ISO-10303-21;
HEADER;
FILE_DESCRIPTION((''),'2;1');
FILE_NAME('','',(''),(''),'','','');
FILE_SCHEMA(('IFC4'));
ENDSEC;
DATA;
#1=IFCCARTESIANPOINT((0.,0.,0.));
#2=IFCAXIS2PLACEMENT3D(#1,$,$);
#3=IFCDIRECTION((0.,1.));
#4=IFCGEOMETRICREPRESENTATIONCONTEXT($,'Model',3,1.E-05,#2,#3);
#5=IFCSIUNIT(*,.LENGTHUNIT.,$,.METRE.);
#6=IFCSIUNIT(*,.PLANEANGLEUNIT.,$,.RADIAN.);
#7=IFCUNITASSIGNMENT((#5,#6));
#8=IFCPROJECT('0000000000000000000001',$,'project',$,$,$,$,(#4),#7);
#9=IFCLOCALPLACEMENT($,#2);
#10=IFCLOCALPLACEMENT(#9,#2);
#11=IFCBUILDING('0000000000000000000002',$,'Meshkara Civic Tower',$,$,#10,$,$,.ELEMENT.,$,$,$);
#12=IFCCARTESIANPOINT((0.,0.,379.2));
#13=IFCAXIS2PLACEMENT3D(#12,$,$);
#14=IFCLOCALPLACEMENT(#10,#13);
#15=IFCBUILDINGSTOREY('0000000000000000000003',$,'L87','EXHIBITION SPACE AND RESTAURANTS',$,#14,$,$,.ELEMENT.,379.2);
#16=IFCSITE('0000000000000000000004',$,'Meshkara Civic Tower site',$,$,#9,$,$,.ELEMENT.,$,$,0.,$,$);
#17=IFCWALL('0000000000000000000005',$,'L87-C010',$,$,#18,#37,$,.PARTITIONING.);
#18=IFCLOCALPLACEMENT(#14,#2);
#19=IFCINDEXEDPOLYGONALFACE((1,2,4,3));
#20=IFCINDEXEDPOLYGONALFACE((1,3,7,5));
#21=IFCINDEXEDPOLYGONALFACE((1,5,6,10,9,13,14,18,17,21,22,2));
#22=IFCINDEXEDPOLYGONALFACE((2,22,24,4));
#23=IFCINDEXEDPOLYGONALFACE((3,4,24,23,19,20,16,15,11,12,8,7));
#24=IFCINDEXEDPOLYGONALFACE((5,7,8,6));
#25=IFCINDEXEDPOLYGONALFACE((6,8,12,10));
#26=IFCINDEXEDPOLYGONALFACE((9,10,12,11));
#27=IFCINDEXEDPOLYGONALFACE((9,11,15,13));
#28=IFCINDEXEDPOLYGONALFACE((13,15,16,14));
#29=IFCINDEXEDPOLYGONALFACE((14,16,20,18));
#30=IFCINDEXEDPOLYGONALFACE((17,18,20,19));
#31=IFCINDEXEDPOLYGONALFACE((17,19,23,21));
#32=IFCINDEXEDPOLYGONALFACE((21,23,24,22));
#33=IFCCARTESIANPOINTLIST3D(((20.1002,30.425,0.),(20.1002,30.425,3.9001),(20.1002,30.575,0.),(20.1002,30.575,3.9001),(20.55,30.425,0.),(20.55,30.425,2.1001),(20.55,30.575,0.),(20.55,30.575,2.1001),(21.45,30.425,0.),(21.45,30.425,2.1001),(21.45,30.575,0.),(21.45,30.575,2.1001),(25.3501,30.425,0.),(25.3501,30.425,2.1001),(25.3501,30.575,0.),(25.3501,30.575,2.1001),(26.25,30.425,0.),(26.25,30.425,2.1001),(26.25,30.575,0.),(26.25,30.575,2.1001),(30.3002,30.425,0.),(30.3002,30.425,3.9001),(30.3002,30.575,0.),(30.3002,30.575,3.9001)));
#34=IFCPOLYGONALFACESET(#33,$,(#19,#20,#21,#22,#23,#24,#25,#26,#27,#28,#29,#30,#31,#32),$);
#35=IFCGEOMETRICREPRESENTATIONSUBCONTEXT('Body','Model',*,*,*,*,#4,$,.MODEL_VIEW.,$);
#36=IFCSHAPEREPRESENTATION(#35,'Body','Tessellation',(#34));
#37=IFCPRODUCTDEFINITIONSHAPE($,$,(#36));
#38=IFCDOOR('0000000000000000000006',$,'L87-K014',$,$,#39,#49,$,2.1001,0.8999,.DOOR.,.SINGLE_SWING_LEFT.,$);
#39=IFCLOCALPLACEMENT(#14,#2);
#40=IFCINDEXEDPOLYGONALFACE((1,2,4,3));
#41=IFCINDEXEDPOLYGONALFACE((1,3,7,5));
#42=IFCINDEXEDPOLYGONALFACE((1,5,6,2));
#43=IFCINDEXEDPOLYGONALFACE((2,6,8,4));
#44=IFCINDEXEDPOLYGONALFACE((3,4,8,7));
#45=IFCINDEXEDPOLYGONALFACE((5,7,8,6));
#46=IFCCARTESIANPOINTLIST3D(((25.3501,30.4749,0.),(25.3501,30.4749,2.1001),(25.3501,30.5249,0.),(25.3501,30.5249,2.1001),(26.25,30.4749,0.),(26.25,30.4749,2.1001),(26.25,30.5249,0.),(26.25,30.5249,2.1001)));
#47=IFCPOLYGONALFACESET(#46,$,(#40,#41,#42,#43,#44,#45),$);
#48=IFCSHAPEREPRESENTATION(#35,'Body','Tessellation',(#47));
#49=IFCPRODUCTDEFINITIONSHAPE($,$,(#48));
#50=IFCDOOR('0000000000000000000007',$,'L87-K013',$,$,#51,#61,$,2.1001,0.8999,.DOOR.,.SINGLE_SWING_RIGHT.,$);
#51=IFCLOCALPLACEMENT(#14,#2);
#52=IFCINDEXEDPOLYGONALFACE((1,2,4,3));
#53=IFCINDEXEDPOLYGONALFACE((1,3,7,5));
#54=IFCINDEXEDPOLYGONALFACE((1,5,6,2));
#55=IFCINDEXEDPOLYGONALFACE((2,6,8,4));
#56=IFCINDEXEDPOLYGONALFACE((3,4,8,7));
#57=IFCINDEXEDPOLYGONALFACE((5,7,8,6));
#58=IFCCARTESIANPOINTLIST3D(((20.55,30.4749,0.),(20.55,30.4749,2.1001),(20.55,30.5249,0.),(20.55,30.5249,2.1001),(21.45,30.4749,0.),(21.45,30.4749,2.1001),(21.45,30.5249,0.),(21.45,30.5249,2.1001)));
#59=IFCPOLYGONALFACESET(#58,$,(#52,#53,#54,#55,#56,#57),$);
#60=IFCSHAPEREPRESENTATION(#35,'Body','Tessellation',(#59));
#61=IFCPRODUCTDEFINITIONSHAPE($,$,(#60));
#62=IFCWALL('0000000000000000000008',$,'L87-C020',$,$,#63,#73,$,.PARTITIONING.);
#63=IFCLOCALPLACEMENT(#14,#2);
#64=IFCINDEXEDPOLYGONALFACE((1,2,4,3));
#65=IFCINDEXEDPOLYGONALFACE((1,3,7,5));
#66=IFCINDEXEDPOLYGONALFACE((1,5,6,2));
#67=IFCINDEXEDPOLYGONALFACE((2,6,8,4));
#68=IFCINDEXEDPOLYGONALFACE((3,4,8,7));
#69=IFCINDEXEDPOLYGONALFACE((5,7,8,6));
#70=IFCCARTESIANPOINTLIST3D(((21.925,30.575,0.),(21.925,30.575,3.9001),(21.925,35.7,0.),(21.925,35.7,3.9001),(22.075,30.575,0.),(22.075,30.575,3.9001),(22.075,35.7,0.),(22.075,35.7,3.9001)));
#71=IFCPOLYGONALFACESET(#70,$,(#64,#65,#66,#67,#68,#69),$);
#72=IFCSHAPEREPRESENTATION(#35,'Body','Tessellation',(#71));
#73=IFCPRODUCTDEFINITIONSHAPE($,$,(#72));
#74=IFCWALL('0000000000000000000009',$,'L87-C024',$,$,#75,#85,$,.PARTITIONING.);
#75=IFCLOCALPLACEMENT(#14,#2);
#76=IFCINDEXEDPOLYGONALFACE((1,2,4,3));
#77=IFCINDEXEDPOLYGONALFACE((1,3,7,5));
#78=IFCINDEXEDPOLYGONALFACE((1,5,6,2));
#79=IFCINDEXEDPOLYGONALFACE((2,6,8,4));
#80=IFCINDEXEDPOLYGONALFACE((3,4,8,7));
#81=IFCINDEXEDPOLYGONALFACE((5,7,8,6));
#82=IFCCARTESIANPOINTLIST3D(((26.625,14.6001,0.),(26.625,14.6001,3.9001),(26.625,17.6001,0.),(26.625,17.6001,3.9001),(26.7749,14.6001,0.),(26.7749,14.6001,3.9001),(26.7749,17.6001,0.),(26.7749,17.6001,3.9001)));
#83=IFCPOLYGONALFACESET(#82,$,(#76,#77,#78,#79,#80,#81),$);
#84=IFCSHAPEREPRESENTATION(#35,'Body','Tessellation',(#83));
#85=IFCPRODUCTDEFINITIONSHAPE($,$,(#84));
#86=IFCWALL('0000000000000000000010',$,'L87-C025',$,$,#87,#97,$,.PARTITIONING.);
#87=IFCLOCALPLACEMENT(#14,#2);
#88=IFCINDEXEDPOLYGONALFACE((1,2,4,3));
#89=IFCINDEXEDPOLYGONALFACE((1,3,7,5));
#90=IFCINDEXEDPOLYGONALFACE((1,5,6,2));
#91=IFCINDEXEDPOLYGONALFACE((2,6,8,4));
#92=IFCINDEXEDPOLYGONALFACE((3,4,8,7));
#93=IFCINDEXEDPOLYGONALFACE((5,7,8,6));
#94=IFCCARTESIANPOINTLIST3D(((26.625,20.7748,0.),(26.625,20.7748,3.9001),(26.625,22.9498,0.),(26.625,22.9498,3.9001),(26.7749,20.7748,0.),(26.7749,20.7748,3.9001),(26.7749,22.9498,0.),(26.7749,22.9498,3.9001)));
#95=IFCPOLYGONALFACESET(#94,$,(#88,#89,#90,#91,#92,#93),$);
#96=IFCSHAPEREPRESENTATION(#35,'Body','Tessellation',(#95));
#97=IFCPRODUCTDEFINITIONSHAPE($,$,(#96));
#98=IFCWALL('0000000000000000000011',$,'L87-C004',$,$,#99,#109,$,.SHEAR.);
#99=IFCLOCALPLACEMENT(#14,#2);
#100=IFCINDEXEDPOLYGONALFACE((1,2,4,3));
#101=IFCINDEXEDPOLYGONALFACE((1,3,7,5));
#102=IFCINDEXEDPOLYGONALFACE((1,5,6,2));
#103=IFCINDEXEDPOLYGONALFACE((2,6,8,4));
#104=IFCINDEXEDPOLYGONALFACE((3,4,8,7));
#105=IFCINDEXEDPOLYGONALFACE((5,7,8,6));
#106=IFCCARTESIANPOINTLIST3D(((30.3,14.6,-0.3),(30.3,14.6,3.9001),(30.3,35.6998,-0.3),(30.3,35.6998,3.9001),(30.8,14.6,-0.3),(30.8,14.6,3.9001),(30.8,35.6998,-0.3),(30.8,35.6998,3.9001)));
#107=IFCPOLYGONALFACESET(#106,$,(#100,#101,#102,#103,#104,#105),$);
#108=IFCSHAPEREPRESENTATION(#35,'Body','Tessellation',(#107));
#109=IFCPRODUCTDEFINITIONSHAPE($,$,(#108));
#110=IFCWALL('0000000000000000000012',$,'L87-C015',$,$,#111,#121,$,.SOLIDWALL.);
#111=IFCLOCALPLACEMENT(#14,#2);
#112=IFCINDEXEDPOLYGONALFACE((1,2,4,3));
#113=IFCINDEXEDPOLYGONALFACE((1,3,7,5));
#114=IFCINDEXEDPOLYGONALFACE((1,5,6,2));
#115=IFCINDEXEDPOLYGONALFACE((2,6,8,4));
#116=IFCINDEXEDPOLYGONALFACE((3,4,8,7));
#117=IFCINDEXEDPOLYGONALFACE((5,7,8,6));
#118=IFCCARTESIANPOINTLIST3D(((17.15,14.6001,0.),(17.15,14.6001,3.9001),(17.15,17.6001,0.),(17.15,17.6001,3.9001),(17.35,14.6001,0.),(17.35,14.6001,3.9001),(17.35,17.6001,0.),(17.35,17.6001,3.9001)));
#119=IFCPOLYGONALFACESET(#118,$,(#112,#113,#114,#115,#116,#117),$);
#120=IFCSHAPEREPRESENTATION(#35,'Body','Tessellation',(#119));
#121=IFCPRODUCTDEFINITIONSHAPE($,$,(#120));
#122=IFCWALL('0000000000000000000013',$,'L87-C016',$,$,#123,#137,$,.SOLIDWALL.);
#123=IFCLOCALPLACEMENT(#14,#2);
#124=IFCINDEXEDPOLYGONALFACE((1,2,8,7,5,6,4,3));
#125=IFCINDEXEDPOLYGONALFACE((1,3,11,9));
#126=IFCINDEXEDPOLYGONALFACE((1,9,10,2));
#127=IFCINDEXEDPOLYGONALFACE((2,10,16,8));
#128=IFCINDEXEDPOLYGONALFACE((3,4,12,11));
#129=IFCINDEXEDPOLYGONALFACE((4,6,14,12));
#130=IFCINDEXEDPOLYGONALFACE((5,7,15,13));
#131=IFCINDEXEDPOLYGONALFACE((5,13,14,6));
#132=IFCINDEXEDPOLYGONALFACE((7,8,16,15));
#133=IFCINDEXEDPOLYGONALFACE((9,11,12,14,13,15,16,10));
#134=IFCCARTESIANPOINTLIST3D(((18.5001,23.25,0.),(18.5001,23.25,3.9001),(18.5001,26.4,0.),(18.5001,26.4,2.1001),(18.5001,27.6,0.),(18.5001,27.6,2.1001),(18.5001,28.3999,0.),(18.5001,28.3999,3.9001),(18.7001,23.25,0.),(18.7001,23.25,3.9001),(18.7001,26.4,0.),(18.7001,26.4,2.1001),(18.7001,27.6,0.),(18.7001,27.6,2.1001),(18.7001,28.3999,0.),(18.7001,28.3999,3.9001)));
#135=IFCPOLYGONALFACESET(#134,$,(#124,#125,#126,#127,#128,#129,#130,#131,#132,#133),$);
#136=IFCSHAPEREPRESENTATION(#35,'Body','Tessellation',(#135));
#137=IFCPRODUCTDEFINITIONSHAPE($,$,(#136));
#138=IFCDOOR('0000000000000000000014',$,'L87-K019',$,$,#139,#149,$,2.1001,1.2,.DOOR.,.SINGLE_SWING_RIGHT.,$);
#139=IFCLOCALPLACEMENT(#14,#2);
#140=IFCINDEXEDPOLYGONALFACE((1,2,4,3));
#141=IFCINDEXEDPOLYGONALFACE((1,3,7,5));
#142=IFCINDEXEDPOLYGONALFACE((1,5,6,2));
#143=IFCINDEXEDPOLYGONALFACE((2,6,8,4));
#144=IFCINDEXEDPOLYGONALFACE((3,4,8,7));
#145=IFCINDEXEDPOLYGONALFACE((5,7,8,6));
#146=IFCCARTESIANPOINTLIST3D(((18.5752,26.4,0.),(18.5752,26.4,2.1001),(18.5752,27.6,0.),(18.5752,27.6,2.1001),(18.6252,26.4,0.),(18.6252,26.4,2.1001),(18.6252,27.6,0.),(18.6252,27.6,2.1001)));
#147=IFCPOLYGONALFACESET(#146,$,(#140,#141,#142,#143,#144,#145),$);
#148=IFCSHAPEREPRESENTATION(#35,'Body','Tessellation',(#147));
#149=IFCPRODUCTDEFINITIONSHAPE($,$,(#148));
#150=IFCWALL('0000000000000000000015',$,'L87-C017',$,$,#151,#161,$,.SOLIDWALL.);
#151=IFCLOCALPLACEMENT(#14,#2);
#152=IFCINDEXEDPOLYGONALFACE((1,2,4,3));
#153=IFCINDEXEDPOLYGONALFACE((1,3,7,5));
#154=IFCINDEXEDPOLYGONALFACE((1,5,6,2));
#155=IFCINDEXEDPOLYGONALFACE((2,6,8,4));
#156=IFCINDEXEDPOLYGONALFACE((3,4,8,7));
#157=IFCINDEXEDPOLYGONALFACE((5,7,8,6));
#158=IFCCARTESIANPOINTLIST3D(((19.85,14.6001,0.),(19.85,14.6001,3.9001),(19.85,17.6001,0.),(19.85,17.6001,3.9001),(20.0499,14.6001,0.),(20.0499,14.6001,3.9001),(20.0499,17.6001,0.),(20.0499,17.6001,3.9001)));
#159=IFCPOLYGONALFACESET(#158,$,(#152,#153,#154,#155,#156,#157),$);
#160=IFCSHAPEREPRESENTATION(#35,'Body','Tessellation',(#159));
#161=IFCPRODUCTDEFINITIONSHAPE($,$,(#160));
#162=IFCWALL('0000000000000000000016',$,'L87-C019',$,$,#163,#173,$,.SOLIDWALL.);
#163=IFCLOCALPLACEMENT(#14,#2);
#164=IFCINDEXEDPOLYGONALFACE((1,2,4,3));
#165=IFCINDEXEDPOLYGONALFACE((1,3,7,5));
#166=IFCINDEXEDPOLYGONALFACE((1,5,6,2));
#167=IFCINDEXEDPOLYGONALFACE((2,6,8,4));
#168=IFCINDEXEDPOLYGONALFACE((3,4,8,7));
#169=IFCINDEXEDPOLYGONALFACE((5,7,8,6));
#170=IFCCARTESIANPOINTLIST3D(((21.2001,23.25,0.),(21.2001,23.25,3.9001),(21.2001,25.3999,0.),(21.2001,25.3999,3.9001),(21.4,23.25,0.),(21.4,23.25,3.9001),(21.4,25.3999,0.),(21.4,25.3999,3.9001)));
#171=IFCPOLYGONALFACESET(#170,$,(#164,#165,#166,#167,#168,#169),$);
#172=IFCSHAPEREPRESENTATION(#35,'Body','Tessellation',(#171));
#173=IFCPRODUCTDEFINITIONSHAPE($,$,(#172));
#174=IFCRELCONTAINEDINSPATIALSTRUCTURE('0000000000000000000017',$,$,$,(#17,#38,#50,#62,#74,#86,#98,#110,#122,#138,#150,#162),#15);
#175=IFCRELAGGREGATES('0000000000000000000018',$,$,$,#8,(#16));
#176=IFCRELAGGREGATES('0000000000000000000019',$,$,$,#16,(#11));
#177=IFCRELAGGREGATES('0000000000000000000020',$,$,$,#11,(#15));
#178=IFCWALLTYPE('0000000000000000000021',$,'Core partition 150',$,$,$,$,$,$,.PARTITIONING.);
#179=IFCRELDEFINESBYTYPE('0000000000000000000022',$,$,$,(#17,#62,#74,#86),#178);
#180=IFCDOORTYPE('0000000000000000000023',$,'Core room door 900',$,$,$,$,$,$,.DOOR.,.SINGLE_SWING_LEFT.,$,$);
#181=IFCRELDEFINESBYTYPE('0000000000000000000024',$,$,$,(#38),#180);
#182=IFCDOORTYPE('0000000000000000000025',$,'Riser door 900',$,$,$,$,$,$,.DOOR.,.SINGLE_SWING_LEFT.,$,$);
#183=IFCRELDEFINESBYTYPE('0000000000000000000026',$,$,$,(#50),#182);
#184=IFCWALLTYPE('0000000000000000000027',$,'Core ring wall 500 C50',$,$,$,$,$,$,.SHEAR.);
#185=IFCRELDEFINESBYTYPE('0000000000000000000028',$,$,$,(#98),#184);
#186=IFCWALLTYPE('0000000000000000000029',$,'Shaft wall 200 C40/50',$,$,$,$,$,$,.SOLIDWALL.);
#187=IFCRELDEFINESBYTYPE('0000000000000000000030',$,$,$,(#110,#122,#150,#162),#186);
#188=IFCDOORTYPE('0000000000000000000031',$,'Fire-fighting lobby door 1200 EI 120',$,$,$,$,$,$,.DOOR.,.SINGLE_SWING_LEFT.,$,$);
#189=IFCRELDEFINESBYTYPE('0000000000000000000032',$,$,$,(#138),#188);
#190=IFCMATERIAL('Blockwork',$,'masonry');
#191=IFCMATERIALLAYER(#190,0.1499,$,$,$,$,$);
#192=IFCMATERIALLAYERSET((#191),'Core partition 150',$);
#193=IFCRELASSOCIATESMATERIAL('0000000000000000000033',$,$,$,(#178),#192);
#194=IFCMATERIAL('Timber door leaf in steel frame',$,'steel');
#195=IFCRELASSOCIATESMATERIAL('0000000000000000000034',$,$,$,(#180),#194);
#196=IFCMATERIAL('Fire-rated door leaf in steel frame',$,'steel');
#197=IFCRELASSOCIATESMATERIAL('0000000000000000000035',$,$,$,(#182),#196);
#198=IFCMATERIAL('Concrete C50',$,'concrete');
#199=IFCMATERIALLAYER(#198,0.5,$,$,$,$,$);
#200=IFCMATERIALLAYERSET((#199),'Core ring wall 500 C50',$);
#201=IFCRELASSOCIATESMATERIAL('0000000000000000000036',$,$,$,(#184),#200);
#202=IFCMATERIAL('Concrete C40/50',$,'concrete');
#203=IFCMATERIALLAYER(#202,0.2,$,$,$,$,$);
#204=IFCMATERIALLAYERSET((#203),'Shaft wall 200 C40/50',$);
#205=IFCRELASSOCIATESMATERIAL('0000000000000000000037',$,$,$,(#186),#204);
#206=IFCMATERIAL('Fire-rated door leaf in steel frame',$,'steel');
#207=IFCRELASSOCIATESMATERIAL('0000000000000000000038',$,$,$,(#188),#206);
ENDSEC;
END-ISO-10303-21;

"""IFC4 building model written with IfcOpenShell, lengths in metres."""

from ifc_helpers import new_model, si_unit, direction, frame, frame_2d, origin, place, context, subcontext, project, spatial, rectangle, extrude, material, layer, layer_set, type_object, element, fill, save


model = new_model("IFC4")

# Units and contexts
model_context = context("Model", 3, precision=1e-05, world=origin(), true_north=direction((0.0, 1.0)))
body_context = subcontext(model_context, "Body", "Model", "MODEL_VIEW")
ifc_project = project(units=[si_unit("LENGTHUNIT", "METRE"), si_unit("PLANEANGLEUNIT", "RADIAN")], contexts=[model_context])

# Site, building, storey
site_placement = place(None, origin())
site = spatial("IfcSite", under=ifc_project, at=site_placement, Name="Meshkara Civic Tower site", CompositionType="ELEMENT", RefElevation=0.0)
building_placement = place(site_placement, origin())
building = spatial("IfcBuilding", under=site, at=building_placement, Name="Meshkara Civic Tower", CompositionType="ELEMENT")
storey_placement = place(building_placement, frame((0.0, 0.0, 379.2)))
storey = spatial("IfcBuildingStorey", under=building, at=storey_placement, Name="L87", Description="EXHIBITION SPACE AND RESTAURANTS", CompositionType="ELEMENT", Elevation=379.2)

# Wall, openings, doors
ifc_material_1 = material(Name="Blockwork", Category="masonry")
ifc_layer_1 = layer(ifc_material_1, 0.1499)
ifc_layer_set_1 = layer_set([ifc_layer_1], Name="Core partition 150")
wall_type_1 = type_object("IfcWallType", Name="Core partition 150", PredefinedType="PARTITIONING", material=ifc_layer_set_1)
wall_1_placement = place(storey_placement, frame((20.1001, 30.5, 0.0), z_axis=(0.0, 0.0, 1.0), x_axis=(1.0, 0.0, 0.0)))
wall_1 = element("IfcWall", 1, at=wall_1_placement, inside=storey, type_object=wall_type_1, Name="L87-C010", PredefinedType="PARTITIONING", context=body_context, shape_type="SweptSolid", body=[
    extrude(rectangle(XDim=10.2, YDim=0.1499, at=frame_2d((5.1001, 0.0))), origin(), (0.0, 0.0, 1.0), 3.9001),
])
opening_1_placement = place(wall_1_placement, frame((0.45, 0.0, 0.0)))
opening_1 = element("IfcOpeningElement", 2, at=opening_1_placement, cuts=wall_1, PredefinedType="OPENING", context=body_context, shape_type="SweptSolid", body=[
    extrude(rectangle(XDim=0.8999, YDim=2.1001, at=frame_2d((0.45, 1.05))), frame((0.0, 0.085, 0.0), z_axis=(0.0, -1.0, 0.0), x_axis=(1.0, 0.0, 0.0)), (0.0, 0.0, 1.0), 0.1699),
])
opening_2_placement = place(wall_1_placement, frame((5.25, 0.0, 0.0)))
opening_2 = element("IfcOpeningElement", 3, at=opening_2_placement, cuts=wall_1, PredefinedType="OPENING", context=body_context, shape_type="SweptSolid", body=[
    extrude(rectangle(XDim=0.8999, YDim=2.1001, at=frame_2d((0.45, 1.05))), frame((0.0, 0.085, 0.0), z_axis=(0.0, -1.0, 0.0), x_axis=(1.0, 0.0, 0.0)), (0.0, 0.0, 1.0), 0.1699),
])
ifc_material_2 = material(Name="Timber door leaf in steel frame", Category="steel")
door_type_1 = type_object("IfcDoorType", Name="Core room door 900", OperationType="SINGLE_SWING_LEFT", PredefinedType="DOOR", material=ifc_material_2)
door_1_placement = place(opening_2_placement, origin())
door_1 = element("IfcDoor", 4, at=door_1_placement, inside=storey, type_object=door_type_1, Name="L87-K014", OperationType="SINGLE_SWING_LEFT", OverallHeight=2.1001, OverallWidth=0.8999, PredefinedType="DOOR", context=body_context, shape_type="SweptSolid", body=[
    extrude(rectangle(XDim=0.8999, YDim=2.1001, at=frame_2d((0.45, 1.05))), frame((0.0, 0.0249, 0.0), z_axis=(0.0, -1.0, 0.0), x_axis=(1.0, 0.0, 0.0)), (0.0, 0.0, 1.0), 0.05),
])
fill(opening_2, door_1)
ifc_material_3 = material(Name="Fire-rated door leaf in steel frame", Category="steel")
door_type_2 = type_object("IfcDoorType", Name="Riser door 900", OperationType="SINGLE_SWING_LEFT", PredefinedType="DOOR", material=ifc_material_3)
door_2_placement = place(opening_1_placement, origin())
door_2 = element("IfcDoor", 5, at=door_2_placement, inside=storey, type_object=door_type_2, Name="L87-K013", OperationType="SINGLE_SWING_RIGHT", OverallHeight=2.1001, OverallWidth=0.8999, PredefinedType="DOOR", context=body_context, shape_type="SweptSolid", body=[
    extrude(rectangle(XDim=0.8999, YDim=2.1001, at=frame_2d((0.45, 1.05))), frame((0.0, 0.0249, 0.0), z_axis=(0.0, -1.0, 0.0), x_axis=(1.0, 0.0, 0.0)), (0.0, 0.0, 1.0), 0.05),
])
fill(opening_1, door_2)

# Walls
wall_2_placement = place(storey_placement, frame((22.0, 30.575, 0.0), z_axis=(0.0, 0.0, 1.0), x_axis=(0.0, 1.0, 0.0)))
element("IfcWall", 6, at=wall_2_placement, inside=storey, type_object=wall_type_1, Name="L87-C020", PredefinedType="PARTITIONING", context=body_context, shape_type="SweptSolid", body=[
    extrude(rectangle(XDim=5.125, YDim=0.1499, at=frame_2d((2.5625, 0.0))), origin(), (0.0, 0.0, 1.0), 3.9001),
])
wall_3_placement = place(storey_placement, frame((26.7, 14.6001, 0.0), z_axis=(0.0, 0.0, 1.0), x_axis=(0.0, 1.0, 0.0)))
element("IfcWall", 7, at=wall_3_placement, inside=storey, type_object=wall_type_1, Name="L87-C024", PredefinedType="PARTITIONING", context=body_context, shape_type="SweptSolid", body=[
    extrude(rectangle(XDim=3.0, YDim=0.1499, at=frame_2d((1.5, 0.0))), origin(), (0.0, 0.0, 1.0), 3.9001),
])
wall_4_placement = place(storey_placement, frame((26.7, 20.7749, 0.0), z_axis=(0.0, 0.0, 1.0), x_axis=(0.0, 1.0, 0.0)))
element("IfcWall", 8, at=wall_4_placement, inside=storey, type_object=wall_type_1, Name="L87-C025", PredefinedType="PARTITIONING", context=body_context, shape_type="SweptSolid", body=[
    extrude(rectangle(XDim=2.175, YDim=0.1499, at=frame_2d((1.0874, 0.0))), origin(), (0.0, 0.0, 1.0), 3.9001),
])
ifc_material_4 = material(Name="Concrete C50", Category="concrete")
ifc_layer_2 = layer(ifc_material_4, 0.5)
ifc_layer_set_2 = layer_set([ifc_layer_2], Name="Core ring wall 500 C50")
wall_type_2 = type_object("IfcWallType", Name="Core ring wall 500 C50", PredefinedType="SHEAR", material=ifc_layer_set_2)
wall_5_placement = place(storey_placement, frame((30.55, 14.6001, -0.3), z_axis=(0.0, 0.0, 1.0), x_axis=(0.0, 1.0, 0.0)))
element("IfcWall", 9, at=wall_5_placement, inside=storey, type_object=wall_type_2, Name="L87-C004", PredefinedType="SHEAR", context=body_context, shape_type="SweptSolid", body=[
    extrude(rectangle(XDim=21.0999, YDim=0.5, at=frame_2d((10.5498, 0.0))), origin(), (0.0, 0.0, 1.0), 4.2002),
])
ifc_material_5 = material(Name="Concrete C40/50", Category="concrete")
ifc_layer_3 = layer(ifc_material_5, 0.2)
ifc_layer_set_3 = layer_set([ifc_layer_3], Name="Shaft wall 200 C40/50")
wall_type_3 = type_object("IfcWallType", Name="Shaft wall 200 C40/50", PredefinedType="SOLIDWALL", material=ifc_layer_set_3)
wall_6_placement = place(storey_placement, frame((17.25, 14.6001, 0.0), z_axis=(0.0, 0.0, 1.0), x_axis=(0.0, 1.0, 0.0)))
element("IfcWall", 10, at=wall_6_placement, inside=storey, type_object=wall_type_3, Name="L87-C015", PredefinedType="SOLIDWALL", context=body_context, shape_type="SweptSolid", body=[
    extrude(rectangle(XDim=3.0, YDim=0.2, at=frame_2d((1.5, 0.0))), origin(), (0.0, 0.0, 1.0), 3.9001),
])

# Wall, opening, door
wall_7_placement = place(storey_placement, frame((18.6001, 23.25, 0.0), z_axis=(0.0, 0.0, 1.0), x_axis=(0.0, 1.0, 0.0)))
wall_7 = element("IfcWall", 11, at=wall_7_placement, inside=storey, type_object=wall_type_3, Name="L87-C016", PredefinedType="SOLIDWALL", context=body_context, shape_type="SweptSolid", body=[
    extrude(rectangle(XDim=5.1499, YDim=0.2, at=frame_2d((2.575, 0.0))), origin(), (0.0, 0.0, 1.0), 3.9001),
])
opening_3_placement = place(wall_7_placement, frame((3.1499, 0.0, 0.0)))
opening_3 = element("IfcOpeningElement", 12, at=opening_3_placement, cuts=wall_7, PredefinedType="OPENING", context=body_context, shape_type="SweptSolid", body=[
    extrude(rectangle(XDim=1.2, YDim=2.1001, at=frame_2d((0.6001, 1.05))), frame((0.0, 0.1099, 0.0), z_axis=(0.0, -1.0, 0.0), x_axis=(1.0, 0.0, 0.0)), (0.0, 0.0, 1.0), 0.22),
])
ifc_material_6 = material(Name="Fire-rated door leaf in steel frame", Category="steel")
door_type_3 = type_object("IfcDoorType", Name="Fire-fighting lobby door 1200 EI 120", OperationType="SINGLE_SWING_LEFT", PredefinedType="DOOR", material=ifc_material_6)
door_3_placement = place(opening_3_placement, origin())
door_3 = element("IfcDoor", 13, at=door_3_placement, inside=storey, type_object=door_type_3, Name="L87-K019", OperationType="SINGLE_SWING_RIGHT", OverallHeight=2.1001, OverallWidth=1.2, PredefinedType="DOOR", context=body_context, shape_type="SweptSolid", body=[
    extrude(rectangle(XDim=1.2, YDim=2.1001, at=frame_2d((0.6001, 1.05))), frame((0.0, 0.0249, 0.0), z_axis=(0.0, -1.0, 0.0), x_axis=(1.0, 0.0, 0.0)), (0.0, 0.0, 1.0), 0.05),
])
fill(opening_3, door_3)

# Walls
wall_8_placement = place(storey_placement, frame((19.95, 14.6001, 0.0), z_axis=(0.0, 0.0, 1.0), x_axis=(0.0, 1.0, 0.0)))
element("IfcWall", 14, at=wall_8_placement, inside=storey, type_object=wall_type_3, Name="L87-C017", PredefinedType="SOLIDWALL", context=body_context, shape_type="SweptSolid", body=[
    extrude(rectangle(XDim=3.0, YDim=0.2, at=frame_2d((1.5, 0.0))), origin(), (0.0, 0.0, 1.0), 3.9001),
])
wall_9_placement = place(storey_placement, frame((21.3, 23.25, 0.0), z_axis=(0.0, 0.0, 1.0), x_axis=(0.0, 1.0, 0.0)))
element("IfcWall", 15, at=wall_9_placement, inside=storey, type_object=wall_type_3, Name="L87-C019", PredefinedType="SOLIDWALL", context=body_context, shape_type="SweptSolid", body=[
    extrude(rectangle(XDim=2.1499, YDim=0.2, at=frame_2d((1.075, 0.0))), origin(), (0.0, 0.0, 1.0), 3.9001),
])

save(model, "model.ifc")
